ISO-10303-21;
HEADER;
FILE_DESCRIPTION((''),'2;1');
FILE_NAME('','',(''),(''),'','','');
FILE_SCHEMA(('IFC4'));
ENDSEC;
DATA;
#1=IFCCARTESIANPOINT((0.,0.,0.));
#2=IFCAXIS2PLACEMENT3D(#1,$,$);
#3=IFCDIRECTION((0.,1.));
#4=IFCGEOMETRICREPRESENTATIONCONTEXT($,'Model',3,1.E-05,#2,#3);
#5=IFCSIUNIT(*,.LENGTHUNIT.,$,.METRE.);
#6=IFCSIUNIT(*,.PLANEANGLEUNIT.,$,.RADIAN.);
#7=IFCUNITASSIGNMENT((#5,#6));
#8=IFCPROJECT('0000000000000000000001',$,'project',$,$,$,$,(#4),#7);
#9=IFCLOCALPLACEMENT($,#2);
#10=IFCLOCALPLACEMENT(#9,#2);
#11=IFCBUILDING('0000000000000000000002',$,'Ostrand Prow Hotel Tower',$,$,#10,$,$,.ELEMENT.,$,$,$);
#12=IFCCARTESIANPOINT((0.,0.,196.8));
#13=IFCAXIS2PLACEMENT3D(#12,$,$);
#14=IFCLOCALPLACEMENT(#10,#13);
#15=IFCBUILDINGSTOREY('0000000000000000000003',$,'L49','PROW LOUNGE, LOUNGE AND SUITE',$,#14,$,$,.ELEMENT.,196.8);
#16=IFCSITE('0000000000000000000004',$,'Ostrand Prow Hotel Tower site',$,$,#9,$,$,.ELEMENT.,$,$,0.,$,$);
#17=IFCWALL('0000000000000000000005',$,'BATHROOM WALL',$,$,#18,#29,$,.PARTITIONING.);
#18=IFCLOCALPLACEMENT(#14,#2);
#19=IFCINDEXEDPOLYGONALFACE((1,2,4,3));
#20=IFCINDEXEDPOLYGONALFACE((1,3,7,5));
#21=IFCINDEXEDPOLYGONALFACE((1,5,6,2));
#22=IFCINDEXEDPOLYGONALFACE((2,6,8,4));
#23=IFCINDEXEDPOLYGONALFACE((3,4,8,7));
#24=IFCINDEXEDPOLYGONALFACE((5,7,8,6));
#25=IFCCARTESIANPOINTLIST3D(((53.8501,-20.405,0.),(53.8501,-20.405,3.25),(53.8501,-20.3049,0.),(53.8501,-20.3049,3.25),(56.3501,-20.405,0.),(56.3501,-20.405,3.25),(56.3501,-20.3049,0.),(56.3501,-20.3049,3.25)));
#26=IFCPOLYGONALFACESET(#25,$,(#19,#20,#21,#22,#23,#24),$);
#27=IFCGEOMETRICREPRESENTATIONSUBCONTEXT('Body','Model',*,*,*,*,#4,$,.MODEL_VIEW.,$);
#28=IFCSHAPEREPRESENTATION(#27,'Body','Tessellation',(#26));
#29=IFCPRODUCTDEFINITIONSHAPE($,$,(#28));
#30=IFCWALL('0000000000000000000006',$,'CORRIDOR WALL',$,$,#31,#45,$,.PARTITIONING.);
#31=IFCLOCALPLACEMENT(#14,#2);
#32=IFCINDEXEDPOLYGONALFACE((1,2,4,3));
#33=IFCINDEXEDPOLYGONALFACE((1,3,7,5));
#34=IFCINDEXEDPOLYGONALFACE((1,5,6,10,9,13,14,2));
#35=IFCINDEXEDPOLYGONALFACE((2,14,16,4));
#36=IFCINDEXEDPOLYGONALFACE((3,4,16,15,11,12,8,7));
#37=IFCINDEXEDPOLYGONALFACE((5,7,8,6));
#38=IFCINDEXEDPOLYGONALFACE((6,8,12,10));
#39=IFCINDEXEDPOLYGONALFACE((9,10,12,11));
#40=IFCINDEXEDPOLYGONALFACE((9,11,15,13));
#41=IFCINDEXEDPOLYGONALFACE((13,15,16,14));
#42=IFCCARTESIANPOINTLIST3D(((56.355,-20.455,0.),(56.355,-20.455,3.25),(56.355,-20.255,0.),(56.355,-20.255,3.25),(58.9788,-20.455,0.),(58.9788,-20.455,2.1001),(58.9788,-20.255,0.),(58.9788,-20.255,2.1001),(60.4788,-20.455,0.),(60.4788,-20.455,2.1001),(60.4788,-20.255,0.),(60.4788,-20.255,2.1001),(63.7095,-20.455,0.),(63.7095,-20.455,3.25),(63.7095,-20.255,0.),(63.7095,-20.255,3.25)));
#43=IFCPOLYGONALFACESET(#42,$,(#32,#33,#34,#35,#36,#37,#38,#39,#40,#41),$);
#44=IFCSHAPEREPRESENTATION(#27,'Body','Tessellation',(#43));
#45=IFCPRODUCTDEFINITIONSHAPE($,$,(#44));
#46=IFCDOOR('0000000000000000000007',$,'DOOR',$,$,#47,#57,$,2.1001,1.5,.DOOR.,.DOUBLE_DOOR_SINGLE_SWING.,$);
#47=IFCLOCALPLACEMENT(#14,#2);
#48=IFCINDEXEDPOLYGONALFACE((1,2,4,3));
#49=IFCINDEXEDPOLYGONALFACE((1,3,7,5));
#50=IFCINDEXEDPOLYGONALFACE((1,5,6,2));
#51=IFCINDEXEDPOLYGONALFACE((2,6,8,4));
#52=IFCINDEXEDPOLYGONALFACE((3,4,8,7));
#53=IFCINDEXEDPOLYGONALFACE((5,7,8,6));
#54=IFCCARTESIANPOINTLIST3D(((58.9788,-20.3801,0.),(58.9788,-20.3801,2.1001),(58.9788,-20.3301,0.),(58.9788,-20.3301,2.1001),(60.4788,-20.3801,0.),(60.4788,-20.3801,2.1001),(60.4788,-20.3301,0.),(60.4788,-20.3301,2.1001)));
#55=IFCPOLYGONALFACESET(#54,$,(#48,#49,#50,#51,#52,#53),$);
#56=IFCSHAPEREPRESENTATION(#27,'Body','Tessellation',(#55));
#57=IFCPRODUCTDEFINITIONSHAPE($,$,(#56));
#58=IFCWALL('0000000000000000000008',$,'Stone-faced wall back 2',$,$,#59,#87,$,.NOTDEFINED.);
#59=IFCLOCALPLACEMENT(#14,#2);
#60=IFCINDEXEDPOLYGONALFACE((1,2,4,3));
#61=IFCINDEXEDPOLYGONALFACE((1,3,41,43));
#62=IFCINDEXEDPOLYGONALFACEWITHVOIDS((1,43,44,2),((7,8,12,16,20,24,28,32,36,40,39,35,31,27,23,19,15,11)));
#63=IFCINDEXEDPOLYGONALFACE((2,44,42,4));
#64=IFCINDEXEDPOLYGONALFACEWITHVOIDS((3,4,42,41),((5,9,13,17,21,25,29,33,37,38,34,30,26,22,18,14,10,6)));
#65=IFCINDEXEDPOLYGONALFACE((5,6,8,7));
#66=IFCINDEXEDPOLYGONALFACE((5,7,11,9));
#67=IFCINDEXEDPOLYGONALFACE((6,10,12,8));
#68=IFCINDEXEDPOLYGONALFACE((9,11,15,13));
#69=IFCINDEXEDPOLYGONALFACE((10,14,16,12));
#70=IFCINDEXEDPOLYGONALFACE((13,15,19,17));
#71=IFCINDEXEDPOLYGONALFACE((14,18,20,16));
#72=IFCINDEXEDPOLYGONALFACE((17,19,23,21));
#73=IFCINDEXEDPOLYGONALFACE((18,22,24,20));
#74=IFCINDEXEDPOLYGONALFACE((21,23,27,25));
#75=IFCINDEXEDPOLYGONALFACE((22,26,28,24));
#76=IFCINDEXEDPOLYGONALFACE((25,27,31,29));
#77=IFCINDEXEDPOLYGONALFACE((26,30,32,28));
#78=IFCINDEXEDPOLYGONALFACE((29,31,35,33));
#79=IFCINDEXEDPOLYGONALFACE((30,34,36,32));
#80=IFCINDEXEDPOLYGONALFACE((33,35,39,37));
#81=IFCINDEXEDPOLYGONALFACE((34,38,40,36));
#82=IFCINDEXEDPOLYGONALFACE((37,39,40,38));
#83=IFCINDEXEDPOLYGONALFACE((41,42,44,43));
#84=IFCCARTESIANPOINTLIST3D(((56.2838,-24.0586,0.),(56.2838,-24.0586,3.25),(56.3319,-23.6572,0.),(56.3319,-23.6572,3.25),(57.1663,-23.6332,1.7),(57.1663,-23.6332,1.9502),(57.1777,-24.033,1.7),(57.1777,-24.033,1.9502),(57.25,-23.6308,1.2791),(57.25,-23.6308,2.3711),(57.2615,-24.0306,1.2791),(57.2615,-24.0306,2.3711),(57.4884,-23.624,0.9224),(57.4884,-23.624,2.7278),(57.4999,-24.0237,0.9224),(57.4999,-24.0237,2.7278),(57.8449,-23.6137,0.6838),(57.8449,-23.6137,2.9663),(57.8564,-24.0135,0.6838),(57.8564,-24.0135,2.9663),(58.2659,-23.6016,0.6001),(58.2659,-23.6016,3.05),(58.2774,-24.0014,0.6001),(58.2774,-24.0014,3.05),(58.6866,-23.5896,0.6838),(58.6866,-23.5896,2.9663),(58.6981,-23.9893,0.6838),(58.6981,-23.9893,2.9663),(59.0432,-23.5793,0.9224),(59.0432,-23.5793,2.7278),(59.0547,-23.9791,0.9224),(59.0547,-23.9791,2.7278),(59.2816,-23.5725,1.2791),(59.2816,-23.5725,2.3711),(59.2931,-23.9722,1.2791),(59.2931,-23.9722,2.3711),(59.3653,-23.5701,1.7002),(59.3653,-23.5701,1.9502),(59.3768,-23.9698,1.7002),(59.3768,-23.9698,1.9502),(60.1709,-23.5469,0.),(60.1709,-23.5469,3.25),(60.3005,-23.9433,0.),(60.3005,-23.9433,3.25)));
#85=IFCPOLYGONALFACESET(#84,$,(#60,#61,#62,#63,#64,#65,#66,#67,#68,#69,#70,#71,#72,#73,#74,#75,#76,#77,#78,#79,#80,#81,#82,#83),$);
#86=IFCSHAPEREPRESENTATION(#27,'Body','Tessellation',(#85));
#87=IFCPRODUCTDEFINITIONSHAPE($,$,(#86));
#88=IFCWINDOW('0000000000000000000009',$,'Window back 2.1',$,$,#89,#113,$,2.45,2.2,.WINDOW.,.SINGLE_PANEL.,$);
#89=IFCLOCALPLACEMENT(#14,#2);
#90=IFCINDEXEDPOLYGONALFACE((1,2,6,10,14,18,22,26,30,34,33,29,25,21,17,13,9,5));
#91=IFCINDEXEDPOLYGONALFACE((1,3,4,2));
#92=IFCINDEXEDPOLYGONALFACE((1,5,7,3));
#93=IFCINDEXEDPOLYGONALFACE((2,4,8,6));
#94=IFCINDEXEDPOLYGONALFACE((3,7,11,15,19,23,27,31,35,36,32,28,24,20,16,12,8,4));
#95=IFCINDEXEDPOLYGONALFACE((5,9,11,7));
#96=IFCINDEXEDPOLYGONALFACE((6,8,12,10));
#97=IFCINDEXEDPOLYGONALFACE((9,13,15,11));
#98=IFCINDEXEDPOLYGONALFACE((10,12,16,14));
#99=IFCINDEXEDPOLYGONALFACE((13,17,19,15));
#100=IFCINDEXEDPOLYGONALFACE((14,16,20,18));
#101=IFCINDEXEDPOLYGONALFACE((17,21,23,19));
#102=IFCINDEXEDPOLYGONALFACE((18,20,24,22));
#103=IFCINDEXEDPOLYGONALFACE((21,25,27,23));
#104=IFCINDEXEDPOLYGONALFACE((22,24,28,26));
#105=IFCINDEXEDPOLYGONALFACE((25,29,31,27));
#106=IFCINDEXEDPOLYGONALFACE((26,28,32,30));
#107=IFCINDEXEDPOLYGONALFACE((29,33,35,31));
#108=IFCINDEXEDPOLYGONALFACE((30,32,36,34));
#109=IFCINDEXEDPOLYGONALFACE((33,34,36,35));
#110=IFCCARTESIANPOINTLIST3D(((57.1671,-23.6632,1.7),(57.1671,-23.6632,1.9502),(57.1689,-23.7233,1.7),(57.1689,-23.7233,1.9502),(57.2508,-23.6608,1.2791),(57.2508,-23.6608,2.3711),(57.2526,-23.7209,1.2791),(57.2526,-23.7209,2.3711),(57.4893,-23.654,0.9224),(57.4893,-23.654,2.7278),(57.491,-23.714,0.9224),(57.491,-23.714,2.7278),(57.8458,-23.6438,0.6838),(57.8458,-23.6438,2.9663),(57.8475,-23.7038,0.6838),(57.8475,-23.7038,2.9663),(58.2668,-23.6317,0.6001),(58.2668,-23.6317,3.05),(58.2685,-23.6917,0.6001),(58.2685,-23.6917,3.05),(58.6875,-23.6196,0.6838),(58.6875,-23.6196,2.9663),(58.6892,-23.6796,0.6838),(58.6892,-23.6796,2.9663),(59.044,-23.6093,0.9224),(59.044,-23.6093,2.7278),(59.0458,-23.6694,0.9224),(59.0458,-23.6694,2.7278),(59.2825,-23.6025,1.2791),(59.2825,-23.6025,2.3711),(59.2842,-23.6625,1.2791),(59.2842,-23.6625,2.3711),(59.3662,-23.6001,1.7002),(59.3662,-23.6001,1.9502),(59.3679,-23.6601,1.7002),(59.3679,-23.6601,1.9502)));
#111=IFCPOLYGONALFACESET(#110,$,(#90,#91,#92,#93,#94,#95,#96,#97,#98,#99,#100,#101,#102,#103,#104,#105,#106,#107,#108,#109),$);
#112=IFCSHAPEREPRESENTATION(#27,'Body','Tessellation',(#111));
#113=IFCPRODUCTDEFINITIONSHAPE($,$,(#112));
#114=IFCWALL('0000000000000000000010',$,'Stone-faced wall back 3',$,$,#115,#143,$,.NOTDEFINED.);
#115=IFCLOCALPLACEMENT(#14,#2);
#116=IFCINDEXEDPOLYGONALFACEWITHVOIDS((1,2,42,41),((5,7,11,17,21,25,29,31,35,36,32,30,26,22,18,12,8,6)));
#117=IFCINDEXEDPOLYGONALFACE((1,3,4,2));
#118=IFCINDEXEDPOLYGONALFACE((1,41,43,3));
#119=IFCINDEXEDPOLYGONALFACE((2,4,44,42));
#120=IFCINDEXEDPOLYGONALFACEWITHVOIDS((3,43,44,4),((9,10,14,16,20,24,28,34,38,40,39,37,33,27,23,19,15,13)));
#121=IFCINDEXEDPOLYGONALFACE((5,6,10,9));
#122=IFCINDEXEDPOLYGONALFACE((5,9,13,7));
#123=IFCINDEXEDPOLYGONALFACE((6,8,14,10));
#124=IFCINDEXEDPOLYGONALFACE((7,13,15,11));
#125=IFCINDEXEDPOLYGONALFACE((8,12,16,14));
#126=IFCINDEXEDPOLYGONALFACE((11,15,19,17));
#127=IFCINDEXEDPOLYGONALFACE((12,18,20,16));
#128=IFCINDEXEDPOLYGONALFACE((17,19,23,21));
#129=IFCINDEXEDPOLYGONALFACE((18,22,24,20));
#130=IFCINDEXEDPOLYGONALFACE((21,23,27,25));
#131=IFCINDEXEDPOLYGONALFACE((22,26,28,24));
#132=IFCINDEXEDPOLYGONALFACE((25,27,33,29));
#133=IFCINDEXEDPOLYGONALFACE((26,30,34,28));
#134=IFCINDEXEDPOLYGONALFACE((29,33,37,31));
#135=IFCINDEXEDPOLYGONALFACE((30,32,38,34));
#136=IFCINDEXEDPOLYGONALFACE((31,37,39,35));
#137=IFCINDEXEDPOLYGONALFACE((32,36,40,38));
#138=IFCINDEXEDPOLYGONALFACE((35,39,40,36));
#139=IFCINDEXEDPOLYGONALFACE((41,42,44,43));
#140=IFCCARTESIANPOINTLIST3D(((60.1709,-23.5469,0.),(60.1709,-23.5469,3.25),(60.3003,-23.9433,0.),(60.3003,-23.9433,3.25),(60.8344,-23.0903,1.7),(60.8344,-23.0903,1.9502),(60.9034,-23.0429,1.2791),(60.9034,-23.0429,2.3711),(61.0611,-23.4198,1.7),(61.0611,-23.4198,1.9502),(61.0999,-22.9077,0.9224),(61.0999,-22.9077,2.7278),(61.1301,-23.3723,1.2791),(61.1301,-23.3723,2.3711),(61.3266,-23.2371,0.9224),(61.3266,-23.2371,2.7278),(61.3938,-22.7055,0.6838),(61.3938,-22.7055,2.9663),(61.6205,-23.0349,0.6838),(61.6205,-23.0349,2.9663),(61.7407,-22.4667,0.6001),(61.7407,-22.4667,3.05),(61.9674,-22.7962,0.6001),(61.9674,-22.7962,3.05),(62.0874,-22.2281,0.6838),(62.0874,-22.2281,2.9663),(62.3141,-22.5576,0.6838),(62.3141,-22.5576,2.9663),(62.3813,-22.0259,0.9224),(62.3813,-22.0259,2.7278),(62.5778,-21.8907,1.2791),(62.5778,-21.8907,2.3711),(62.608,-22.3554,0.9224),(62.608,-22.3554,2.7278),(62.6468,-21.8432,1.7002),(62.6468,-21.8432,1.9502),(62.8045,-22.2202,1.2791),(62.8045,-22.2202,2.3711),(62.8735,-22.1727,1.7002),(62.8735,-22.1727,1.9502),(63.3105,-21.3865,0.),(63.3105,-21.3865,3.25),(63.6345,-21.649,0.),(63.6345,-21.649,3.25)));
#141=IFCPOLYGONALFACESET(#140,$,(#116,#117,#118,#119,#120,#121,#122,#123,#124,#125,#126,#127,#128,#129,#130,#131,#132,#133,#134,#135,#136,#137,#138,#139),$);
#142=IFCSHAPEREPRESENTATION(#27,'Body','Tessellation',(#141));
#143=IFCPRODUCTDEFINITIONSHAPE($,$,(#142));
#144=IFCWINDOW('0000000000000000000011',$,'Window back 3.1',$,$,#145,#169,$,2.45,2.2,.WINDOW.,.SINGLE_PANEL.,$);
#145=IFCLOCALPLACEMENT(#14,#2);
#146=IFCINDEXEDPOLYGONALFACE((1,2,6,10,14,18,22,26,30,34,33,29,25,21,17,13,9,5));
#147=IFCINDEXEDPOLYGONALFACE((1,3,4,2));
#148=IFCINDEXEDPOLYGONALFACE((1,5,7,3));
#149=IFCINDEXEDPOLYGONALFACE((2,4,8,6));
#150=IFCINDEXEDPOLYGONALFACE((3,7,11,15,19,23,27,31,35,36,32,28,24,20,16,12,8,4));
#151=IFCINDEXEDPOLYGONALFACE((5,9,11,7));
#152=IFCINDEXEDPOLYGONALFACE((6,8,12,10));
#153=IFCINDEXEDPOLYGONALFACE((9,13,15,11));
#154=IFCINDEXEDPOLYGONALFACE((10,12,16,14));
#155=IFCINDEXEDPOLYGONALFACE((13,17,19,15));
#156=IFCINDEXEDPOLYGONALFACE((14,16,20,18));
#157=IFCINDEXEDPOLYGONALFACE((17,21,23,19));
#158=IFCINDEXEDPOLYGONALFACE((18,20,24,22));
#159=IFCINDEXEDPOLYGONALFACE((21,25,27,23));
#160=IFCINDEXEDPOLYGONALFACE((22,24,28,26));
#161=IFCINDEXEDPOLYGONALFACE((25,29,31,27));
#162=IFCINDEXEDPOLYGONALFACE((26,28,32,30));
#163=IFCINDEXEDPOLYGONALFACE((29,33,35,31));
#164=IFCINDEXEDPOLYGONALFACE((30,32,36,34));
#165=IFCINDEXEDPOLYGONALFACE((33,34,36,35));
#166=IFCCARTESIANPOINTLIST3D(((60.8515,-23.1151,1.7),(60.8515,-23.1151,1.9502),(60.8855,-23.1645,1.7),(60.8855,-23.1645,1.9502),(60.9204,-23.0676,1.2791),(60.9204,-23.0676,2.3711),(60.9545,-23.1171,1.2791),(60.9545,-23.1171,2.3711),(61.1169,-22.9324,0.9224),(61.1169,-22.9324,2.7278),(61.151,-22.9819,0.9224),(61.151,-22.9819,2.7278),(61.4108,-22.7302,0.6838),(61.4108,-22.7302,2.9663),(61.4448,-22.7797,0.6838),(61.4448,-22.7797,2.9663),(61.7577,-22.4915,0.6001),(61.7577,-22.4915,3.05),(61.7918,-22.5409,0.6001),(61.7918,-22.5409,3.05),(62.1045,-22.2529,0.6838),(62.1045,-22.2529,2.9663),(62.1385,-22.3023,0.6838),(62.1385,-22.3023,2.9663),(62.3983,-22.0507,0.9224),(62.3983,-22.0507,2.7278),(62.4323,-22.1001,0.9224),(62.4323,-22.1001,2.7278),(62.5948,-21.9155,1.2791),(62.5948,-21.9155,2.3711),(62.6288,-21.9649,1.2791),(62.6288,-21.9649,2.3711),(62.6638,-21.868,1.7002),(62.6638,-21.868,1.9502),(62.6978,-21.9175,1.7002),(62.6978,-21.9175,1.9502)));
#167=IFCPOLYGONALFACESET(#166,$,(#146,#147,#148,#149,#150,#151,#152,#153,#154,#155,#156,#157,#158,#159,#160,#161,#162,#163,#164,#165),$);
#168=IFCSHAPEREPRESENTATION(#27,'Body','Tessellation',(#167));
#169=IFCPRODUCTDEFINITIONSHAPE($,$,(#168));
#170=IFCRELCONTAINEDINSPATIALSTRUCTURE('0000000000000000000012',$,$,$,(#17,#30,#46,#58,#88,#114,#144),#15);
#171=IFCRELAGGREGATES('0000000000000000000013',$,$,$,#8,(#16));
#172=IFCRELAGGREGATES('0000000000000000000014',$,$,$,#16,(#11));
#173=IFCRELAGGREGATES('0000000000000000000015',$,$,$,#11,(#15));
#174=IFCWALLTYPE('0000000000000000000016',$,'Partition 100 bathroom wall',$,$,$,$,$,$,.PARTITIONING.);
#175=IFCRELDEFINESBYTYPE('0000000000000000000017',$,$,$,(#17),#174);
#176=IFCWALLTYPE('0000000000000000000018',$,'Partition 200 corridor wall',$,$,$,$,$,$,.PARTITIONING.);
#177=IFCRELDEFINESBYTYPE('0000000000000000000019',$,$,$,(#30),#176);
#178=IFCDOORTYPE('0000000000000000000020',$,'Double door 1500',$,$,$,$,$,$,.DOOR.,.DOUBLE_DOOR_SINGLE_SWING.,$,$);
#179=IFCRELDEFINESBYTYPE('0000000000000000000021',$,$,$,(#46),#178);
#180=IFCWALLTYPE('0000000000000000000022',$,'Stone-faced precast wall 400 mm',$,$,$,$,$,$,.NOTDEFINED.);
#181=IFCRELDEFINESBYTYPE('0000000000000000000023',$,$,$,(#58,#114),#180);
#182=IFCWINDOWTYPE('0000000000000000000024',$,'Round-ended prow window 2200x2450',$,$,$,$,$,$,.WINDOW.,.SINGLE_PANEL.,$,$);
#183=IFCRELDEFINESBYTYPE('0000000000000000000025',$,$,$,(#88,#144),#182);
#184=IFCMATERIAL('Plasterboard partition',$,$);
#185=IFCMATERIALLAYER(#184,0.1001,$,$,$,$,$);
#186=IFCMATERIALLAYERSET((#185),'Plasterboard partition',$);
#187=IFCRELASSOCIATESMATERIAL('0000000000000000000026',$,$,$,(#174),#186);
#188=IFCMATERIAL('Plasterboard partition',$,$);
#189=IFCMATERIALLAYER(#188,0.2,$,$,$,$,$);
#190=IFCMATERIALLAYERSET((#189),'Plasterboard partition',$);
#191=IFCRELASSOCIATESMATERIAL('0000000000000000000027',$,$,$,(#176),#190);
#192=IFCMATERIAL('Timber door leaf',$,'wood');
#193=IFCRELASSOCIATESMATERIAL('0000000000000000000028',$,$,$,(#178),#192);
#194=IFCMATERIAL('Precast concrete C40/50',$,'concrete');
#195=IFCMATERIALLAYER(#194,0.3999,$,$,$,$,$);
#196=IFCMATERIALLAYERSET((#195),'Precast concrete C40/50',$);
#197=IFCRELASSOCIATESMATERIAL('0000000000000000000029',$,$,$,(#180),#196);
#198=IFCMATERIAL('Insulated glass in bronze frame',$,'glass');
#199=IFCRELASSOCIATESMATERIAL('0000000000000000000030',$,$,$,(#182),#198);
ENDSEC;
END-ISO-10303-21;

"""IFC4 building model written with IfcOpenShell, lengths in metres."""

from ifc_helpers import new_model, si_unit, direction, frame, frame_2d, origin, place, context, subcontext, project, spatial, polyline, rectangle, outline, extrude, material, layer, layer_set, type_object, element, fill, save


model = new_model("IFC4")

# Units and contexts
model_context = context("Model", 3, precision=1e-05, world=origin(), true_north=direction((0.0, 1.0)))
body_context = subcontext(model_context, "Body", "Model", "MODEL_VIEW")
ifc_project = project(units=[si_unit("LENGTHUNIT", "METRE"), si_unit("PLANEANGLEUNIT", "RADIAN")], contexts=[model_context])

# Site, building, storey
site_placement = place(None, origin())
site = spatial("IfcSite", under=ifc_project, at=site_placement, Name="Ostrand Prow Hotel Tower site", CompositionType="ELEMENT", RefElevation=0.0)
building_placement = place(site_placement, origin())
building = spatial("IfcBuilding", under=site, at=building_placement, Name="Ostrand Prow Hotel Tower", CompositionType="ELEMENT")
storey_placement = place(building_placement, frame((0.0, 0.0, 196.8)))
storey = spatial("IfcBuildingStorey", under=building, at=storey_placement, Name="L49", Description="PROW LOUNGE, LOUNGE AND SUITE", CompositionType="ELEMENT", Elevation=196.8)

# Shared definitions
ifc_material_1 = material(Name="Plasterboard partition")
ifc_layer_1 = layer(ifc_material_1, 0.1001)
ifc_layer_set_1 = layer_set([ifc_layer_1], Name="Plasterboard partition")
wall_type_1 = type_object("IfcWallType", Name="Partition 100 bathroom wall", PredefinedType="PARTITIONING", material=ifc_layer_set_1)

# Wall
wall_1_placement = place(storey_placement, frame((53.8501, -20.355, 0.0), z_axis=(0.0, 0.0, 1.0), x_axis=(1.0, 0.0, 0.0)))
element("IfcWall", 1, at=wall_1_placement, inside=storey, type_object=wall_type_1, Name="BATHROOM WALL", PredefinedType="PARTITIONING", context=body_context, shape_type="SweptSolid", body=[
    extrude(rectangle(XDim=2.5, YDim=0.1001, at=frame_2d((1.25, 0.0))), origin(), (0.0, 0.0, 1.0), 3.25),
])

# Wall, opening, door
ifc_material_2 = material(Name="Plasterboard partition")
ifc_layer_2 = layer(ifc_material_2, 0.2)
ifc_layer_set_2 = layer_set([ifc_layer_2], Name="Plasterboard partition")
wall_type_2 = type_object("IfcWallType", Name="Partition 200 corridor wall", PredefinedType="PARTITIONING", material=ifc_layer_set_2)
wall_2_placement = place(storey_placement, frame((56.355, -20.355, 0.0), z_axis=(0.0, 0.0, 1.0), x_axis=(1.0, 0.0, 0.0)))
wall_2 = element("IfcWall", 2, at=wall_2_placement, inside=storey, type_object=wall_type_2, Name="CORRIDOR WALL", PredefinedType="PARTITIONING", context=body_context, shape_type="SweptSolid", body=[
    extrude(rectangle(XDim=7.3545, YDim=0.2, at=frame_2d((3.6772, 0.0))), origin(), (0.0, 0.0, 1.0), 3.25),
])
opening_1_placement = place(wall_2_placement, frame((2.6238, 0.0, 0.0)))
opening_1 = element("IfcOpeningElement", 3, at=opening_1_placement, cuts=wall_2, PredefinedType="OPENING", context=body_context, shape_type="SweptSolid", body=[
    extrude(rectangle(XDim=1.5, YDim=2.1001, at=frame_2d((0.75, 1.05))), frame((0.0, 0.1099, 0.0), z_axis=(0.0, -1.0, 0.0), x_axis=(1.0, 0.0, 0.0)), (0.0, 0.0, 1.0), 0.22),
])
ifc_material_3 = material(Name="Timber door leaf", Category="wood")
door_type_1 = type_object("IfcDoorType", Name="Double door 1500", OperationType="DOUBLE_DOOR_SINGLE_SWING", PredefinedType="DOOR", material=ifc_material_3)
door_1_placement = place(opening_1_placement, origin())
door_1 = element("IfcDoor", 4, at=door_1_placement, inside=storey, type_object=door_type_1, Name="DOOR", OperationType="DOUBLE_DOOR_SINGLE_SWING", OverallHeight=2.1001, OverallWidth=1.5, PredefinedType="DOOR", context=body_context, shape_type="SweptSolid", body=[
    extrude(rectangle(XDim=1.5, YDim=2.1001, at=frame_2d((0.75, 1.05))), frame((0.0, 0.0249, 0.0), z_axis=(0.0, -1.0, 0.0), x_axis=(1.0, 0.0, 0.0)), (0.0, 0.0, 1.0), 0.05),
])
fill(opening_1, door_1)

# Walls, openings, windows
ifc_material_4 = material(Name="Precast concrete C40/50", Category="concrete")
ifc_layer_3 = layer(ifc_material_4, 0.3999)
ifc_layer_set_3 = layer_set([ifc_layer_3], Name="Precast concrete C40/50")
wall_type_3 = type_object("IfcWallType", Name="Stone-faced precast wall 400 mm", PredefinedType="NOTDEFINED", material=ifc_layer_set_3)
wall_3_placement = place(storey_placement, frame((56.3079, -23.8579, 0.0), z_axis=(0.0, 0.0, 1.0), x_axis=(0.999588, 0.028705, 0.0)))
wall_3 = element("IfcWall", 5, at=wall_3_placement, inside=storey, type_object=wall_type_3, Name="Stone-faced wall back 2", PredefinedType="NOTDEFINED", context=body_context, shape_type="SweptSolid", body=[
    extrude(outline(polyline([(-0.0298, -0.2), (3.9885, -0.2), (3.8704, 0.2), (0.0298, 0.2), (-0.0298, -0.2)])), origin(), (0.0, 0.0, 1.0), 3.25),
])
opening_2_placement = place(wall_3_placement, frame((0.8645, 0.0, 0.6001)))
opening_2 = element("IfcOpeningElement", 6, at=opening_2_placement, cuts=wall_3, PredefinedType="OPENING", context=body_context, shape_type="SweptSolid", body=[
    extrude(outline(polyline([(0.0, 1.3501), (0.0837, 1.771), (0.3223, 2.1277), (0.679, 2.3662), (1.1001, 2.45), (1.521, 2.3662), (1.8777, 2.1277), (2.1162, 1.771), (2.2, 1.3501), (2.2, 1.1001), (2.1162, 0.679), (1.8777, 0.3223), (1.521, 0.0837), (1.1001, 0.0), (0.679, 0.0837), (0.3223, 0.3223), (0.0837, 0.679), (0.0, 1.0999), (0.0, 1.3501)])), frame((0.0, 0.21, 0.0), z_axis=(0.0, -1.0, 0.0), x_axis=(1.0, 0.0, 0.0)), (0.0, 0.0, 1.0), 0.4199),
])
ifc_material_5 = material(Name="Insulated glass in bronze frame", Category="glass")
window_type = type_object("IfcWindowType", Name="Round-ended prow window 2200x2450", PartitioningType="SINGLE_PANEL", PredefinedType="WINDOW", material=ifc_material_5)
window_1_placement = place(opening_2_placement, origin())
window_1 = element("IfcWindow", 7, at=window_1_placement, inside=storey, type_object=window_type, Name="Window back 2.1", OverallHeight=2.45, OverallWidth=2.2, PartitioningType="SINGLE_PANEL", PredefinedType="WINDOW", context=body_context, shape_type="SweptSolid", body=[
    extrude(outline(polyline([(0.0, 1.3501), (0.0837, 1.771), (0.3223, 2.1277), (0.679, 2.3662), (1.1001, 2.45), (1.521, 2.3662), (1.8777, 2.1277), (2.1162, 1.771), (2.2, 1.3501), (2.2, 1.1001), (2.1162, 0.679), (1.8777, 0.3223), (1.521, 0.0837), (1.1001, 0.0), (0.679, 0.0837), (0.3223, 0.3223), (0.0837, 0.679), (0.0, 1.0999), (0.0, 1.3501)])), frame((0.0, 0.1699, 0.0), z_axis=(0.0, -1.0, 0.0), x_axis=(1.0, 0.0, 0.0)), (0.0, 0.0, 1.0), 0.0601),
])
fill(opening_2, window_1)
wall_4_placement = place(storey_placement, frame((60.2356, -23.7451, 0.0), z_axis=(0.0, 0.0, 1.0), x_axis=(0.823806, 0.566872, 0.0)))
wall_4 = element("IfcWall", 8, at=wall_4_placement, inside=storey, type_object=wall_type_3, Name="Stone-faced wall back 3", PredefinedType="NOTDEFINED", context=body_context, shape_type="SweptSolid", body=[
    extrude(outline(polyline([(-0.0591, -0.2), (3.9883, -0.2), (3.8701, 0.2), (0.0591, 0.2), (-0.0591, -0.2)])), origin(), (0.0, 0.0, 1.0), 3.25),
])
opening_3_placement = place(wall_4_placement, frame((0.8645, 0.0, 0.6001)))
opening_3 = element("IfcOpeningElement", 9, at=opening_3_placement, cuts=wall_4, PredefinedType="OPENING", context=body_context, shape_type="SweptSolid", body=[
    extrude(outline(polyline([(0.0, 1.3501), (0.0837, 1.771), (0.3223, 2.1277), (0.679, 2.3662), (1.1001, 2.45), (1.521, 2.3662), (1.8777, 2.1277), (2.1162, 1.771), (2.2, 1.3501), (2.2, 1.1001), (2.1162, 0.679), (1.8777, 0.3223), (1.521, 0.0837), (1.1001, 0.0), (0.679, 0.0837), (0.3223, 0.3223), (0.0837, 0.679), (0.0, 1.0999), (0.0, 1.3501)])), frame((0.0, 0.21, 0.0), z_axis=(0.0, -1.0, 0.0), x_axis=(1.0, 0.0, 0.0)), (0.0, 0.0, 1.0), 0.4199),
])
window_2_placement = place(opening_3_placement, origin())
window_2 = element("IfcWindow", 10, at=window_2_placement, inside=storey, type_object=window_type, Name="Window back 3.1", OverallHeight=2.45, OverallWidth=2.2, PartitioningType="SINGLE_PANEL", PredefinedType="WINDOW", context=body_context, shape_type="SweptSolid", body=[
    extrude(outline(polyline([(0.0, 1.3501), (0.0837, 1.771), (0.3223, 2.1277), (0.679, 2.3662), (1.1001, 2.45), (1.521, 2.3662), (1.8777, 2.1277), (2.1162, 1.771), (2.2, 1.3501), (2.2, 1.1001), (2.1162, 0.679), (1.8777, 0.3223), (1.521, 0.0837), (1.1001, 0.0), (0.679, 0.0837), (0.3223, 0.3223), (0.0837, 0.679), (0.0, 1.0999), (0.0, 1.3501)])), frame((0.0, 0.1699, 0.0), z_axis=(0.0, -1.0, 0.0), x_axis=(1.0, 0.0, 0.0)), (0.0, 0.0, 1.0), 0.0601),
])
fill(opening_3, window_2)

save(model, "model.ifc")
